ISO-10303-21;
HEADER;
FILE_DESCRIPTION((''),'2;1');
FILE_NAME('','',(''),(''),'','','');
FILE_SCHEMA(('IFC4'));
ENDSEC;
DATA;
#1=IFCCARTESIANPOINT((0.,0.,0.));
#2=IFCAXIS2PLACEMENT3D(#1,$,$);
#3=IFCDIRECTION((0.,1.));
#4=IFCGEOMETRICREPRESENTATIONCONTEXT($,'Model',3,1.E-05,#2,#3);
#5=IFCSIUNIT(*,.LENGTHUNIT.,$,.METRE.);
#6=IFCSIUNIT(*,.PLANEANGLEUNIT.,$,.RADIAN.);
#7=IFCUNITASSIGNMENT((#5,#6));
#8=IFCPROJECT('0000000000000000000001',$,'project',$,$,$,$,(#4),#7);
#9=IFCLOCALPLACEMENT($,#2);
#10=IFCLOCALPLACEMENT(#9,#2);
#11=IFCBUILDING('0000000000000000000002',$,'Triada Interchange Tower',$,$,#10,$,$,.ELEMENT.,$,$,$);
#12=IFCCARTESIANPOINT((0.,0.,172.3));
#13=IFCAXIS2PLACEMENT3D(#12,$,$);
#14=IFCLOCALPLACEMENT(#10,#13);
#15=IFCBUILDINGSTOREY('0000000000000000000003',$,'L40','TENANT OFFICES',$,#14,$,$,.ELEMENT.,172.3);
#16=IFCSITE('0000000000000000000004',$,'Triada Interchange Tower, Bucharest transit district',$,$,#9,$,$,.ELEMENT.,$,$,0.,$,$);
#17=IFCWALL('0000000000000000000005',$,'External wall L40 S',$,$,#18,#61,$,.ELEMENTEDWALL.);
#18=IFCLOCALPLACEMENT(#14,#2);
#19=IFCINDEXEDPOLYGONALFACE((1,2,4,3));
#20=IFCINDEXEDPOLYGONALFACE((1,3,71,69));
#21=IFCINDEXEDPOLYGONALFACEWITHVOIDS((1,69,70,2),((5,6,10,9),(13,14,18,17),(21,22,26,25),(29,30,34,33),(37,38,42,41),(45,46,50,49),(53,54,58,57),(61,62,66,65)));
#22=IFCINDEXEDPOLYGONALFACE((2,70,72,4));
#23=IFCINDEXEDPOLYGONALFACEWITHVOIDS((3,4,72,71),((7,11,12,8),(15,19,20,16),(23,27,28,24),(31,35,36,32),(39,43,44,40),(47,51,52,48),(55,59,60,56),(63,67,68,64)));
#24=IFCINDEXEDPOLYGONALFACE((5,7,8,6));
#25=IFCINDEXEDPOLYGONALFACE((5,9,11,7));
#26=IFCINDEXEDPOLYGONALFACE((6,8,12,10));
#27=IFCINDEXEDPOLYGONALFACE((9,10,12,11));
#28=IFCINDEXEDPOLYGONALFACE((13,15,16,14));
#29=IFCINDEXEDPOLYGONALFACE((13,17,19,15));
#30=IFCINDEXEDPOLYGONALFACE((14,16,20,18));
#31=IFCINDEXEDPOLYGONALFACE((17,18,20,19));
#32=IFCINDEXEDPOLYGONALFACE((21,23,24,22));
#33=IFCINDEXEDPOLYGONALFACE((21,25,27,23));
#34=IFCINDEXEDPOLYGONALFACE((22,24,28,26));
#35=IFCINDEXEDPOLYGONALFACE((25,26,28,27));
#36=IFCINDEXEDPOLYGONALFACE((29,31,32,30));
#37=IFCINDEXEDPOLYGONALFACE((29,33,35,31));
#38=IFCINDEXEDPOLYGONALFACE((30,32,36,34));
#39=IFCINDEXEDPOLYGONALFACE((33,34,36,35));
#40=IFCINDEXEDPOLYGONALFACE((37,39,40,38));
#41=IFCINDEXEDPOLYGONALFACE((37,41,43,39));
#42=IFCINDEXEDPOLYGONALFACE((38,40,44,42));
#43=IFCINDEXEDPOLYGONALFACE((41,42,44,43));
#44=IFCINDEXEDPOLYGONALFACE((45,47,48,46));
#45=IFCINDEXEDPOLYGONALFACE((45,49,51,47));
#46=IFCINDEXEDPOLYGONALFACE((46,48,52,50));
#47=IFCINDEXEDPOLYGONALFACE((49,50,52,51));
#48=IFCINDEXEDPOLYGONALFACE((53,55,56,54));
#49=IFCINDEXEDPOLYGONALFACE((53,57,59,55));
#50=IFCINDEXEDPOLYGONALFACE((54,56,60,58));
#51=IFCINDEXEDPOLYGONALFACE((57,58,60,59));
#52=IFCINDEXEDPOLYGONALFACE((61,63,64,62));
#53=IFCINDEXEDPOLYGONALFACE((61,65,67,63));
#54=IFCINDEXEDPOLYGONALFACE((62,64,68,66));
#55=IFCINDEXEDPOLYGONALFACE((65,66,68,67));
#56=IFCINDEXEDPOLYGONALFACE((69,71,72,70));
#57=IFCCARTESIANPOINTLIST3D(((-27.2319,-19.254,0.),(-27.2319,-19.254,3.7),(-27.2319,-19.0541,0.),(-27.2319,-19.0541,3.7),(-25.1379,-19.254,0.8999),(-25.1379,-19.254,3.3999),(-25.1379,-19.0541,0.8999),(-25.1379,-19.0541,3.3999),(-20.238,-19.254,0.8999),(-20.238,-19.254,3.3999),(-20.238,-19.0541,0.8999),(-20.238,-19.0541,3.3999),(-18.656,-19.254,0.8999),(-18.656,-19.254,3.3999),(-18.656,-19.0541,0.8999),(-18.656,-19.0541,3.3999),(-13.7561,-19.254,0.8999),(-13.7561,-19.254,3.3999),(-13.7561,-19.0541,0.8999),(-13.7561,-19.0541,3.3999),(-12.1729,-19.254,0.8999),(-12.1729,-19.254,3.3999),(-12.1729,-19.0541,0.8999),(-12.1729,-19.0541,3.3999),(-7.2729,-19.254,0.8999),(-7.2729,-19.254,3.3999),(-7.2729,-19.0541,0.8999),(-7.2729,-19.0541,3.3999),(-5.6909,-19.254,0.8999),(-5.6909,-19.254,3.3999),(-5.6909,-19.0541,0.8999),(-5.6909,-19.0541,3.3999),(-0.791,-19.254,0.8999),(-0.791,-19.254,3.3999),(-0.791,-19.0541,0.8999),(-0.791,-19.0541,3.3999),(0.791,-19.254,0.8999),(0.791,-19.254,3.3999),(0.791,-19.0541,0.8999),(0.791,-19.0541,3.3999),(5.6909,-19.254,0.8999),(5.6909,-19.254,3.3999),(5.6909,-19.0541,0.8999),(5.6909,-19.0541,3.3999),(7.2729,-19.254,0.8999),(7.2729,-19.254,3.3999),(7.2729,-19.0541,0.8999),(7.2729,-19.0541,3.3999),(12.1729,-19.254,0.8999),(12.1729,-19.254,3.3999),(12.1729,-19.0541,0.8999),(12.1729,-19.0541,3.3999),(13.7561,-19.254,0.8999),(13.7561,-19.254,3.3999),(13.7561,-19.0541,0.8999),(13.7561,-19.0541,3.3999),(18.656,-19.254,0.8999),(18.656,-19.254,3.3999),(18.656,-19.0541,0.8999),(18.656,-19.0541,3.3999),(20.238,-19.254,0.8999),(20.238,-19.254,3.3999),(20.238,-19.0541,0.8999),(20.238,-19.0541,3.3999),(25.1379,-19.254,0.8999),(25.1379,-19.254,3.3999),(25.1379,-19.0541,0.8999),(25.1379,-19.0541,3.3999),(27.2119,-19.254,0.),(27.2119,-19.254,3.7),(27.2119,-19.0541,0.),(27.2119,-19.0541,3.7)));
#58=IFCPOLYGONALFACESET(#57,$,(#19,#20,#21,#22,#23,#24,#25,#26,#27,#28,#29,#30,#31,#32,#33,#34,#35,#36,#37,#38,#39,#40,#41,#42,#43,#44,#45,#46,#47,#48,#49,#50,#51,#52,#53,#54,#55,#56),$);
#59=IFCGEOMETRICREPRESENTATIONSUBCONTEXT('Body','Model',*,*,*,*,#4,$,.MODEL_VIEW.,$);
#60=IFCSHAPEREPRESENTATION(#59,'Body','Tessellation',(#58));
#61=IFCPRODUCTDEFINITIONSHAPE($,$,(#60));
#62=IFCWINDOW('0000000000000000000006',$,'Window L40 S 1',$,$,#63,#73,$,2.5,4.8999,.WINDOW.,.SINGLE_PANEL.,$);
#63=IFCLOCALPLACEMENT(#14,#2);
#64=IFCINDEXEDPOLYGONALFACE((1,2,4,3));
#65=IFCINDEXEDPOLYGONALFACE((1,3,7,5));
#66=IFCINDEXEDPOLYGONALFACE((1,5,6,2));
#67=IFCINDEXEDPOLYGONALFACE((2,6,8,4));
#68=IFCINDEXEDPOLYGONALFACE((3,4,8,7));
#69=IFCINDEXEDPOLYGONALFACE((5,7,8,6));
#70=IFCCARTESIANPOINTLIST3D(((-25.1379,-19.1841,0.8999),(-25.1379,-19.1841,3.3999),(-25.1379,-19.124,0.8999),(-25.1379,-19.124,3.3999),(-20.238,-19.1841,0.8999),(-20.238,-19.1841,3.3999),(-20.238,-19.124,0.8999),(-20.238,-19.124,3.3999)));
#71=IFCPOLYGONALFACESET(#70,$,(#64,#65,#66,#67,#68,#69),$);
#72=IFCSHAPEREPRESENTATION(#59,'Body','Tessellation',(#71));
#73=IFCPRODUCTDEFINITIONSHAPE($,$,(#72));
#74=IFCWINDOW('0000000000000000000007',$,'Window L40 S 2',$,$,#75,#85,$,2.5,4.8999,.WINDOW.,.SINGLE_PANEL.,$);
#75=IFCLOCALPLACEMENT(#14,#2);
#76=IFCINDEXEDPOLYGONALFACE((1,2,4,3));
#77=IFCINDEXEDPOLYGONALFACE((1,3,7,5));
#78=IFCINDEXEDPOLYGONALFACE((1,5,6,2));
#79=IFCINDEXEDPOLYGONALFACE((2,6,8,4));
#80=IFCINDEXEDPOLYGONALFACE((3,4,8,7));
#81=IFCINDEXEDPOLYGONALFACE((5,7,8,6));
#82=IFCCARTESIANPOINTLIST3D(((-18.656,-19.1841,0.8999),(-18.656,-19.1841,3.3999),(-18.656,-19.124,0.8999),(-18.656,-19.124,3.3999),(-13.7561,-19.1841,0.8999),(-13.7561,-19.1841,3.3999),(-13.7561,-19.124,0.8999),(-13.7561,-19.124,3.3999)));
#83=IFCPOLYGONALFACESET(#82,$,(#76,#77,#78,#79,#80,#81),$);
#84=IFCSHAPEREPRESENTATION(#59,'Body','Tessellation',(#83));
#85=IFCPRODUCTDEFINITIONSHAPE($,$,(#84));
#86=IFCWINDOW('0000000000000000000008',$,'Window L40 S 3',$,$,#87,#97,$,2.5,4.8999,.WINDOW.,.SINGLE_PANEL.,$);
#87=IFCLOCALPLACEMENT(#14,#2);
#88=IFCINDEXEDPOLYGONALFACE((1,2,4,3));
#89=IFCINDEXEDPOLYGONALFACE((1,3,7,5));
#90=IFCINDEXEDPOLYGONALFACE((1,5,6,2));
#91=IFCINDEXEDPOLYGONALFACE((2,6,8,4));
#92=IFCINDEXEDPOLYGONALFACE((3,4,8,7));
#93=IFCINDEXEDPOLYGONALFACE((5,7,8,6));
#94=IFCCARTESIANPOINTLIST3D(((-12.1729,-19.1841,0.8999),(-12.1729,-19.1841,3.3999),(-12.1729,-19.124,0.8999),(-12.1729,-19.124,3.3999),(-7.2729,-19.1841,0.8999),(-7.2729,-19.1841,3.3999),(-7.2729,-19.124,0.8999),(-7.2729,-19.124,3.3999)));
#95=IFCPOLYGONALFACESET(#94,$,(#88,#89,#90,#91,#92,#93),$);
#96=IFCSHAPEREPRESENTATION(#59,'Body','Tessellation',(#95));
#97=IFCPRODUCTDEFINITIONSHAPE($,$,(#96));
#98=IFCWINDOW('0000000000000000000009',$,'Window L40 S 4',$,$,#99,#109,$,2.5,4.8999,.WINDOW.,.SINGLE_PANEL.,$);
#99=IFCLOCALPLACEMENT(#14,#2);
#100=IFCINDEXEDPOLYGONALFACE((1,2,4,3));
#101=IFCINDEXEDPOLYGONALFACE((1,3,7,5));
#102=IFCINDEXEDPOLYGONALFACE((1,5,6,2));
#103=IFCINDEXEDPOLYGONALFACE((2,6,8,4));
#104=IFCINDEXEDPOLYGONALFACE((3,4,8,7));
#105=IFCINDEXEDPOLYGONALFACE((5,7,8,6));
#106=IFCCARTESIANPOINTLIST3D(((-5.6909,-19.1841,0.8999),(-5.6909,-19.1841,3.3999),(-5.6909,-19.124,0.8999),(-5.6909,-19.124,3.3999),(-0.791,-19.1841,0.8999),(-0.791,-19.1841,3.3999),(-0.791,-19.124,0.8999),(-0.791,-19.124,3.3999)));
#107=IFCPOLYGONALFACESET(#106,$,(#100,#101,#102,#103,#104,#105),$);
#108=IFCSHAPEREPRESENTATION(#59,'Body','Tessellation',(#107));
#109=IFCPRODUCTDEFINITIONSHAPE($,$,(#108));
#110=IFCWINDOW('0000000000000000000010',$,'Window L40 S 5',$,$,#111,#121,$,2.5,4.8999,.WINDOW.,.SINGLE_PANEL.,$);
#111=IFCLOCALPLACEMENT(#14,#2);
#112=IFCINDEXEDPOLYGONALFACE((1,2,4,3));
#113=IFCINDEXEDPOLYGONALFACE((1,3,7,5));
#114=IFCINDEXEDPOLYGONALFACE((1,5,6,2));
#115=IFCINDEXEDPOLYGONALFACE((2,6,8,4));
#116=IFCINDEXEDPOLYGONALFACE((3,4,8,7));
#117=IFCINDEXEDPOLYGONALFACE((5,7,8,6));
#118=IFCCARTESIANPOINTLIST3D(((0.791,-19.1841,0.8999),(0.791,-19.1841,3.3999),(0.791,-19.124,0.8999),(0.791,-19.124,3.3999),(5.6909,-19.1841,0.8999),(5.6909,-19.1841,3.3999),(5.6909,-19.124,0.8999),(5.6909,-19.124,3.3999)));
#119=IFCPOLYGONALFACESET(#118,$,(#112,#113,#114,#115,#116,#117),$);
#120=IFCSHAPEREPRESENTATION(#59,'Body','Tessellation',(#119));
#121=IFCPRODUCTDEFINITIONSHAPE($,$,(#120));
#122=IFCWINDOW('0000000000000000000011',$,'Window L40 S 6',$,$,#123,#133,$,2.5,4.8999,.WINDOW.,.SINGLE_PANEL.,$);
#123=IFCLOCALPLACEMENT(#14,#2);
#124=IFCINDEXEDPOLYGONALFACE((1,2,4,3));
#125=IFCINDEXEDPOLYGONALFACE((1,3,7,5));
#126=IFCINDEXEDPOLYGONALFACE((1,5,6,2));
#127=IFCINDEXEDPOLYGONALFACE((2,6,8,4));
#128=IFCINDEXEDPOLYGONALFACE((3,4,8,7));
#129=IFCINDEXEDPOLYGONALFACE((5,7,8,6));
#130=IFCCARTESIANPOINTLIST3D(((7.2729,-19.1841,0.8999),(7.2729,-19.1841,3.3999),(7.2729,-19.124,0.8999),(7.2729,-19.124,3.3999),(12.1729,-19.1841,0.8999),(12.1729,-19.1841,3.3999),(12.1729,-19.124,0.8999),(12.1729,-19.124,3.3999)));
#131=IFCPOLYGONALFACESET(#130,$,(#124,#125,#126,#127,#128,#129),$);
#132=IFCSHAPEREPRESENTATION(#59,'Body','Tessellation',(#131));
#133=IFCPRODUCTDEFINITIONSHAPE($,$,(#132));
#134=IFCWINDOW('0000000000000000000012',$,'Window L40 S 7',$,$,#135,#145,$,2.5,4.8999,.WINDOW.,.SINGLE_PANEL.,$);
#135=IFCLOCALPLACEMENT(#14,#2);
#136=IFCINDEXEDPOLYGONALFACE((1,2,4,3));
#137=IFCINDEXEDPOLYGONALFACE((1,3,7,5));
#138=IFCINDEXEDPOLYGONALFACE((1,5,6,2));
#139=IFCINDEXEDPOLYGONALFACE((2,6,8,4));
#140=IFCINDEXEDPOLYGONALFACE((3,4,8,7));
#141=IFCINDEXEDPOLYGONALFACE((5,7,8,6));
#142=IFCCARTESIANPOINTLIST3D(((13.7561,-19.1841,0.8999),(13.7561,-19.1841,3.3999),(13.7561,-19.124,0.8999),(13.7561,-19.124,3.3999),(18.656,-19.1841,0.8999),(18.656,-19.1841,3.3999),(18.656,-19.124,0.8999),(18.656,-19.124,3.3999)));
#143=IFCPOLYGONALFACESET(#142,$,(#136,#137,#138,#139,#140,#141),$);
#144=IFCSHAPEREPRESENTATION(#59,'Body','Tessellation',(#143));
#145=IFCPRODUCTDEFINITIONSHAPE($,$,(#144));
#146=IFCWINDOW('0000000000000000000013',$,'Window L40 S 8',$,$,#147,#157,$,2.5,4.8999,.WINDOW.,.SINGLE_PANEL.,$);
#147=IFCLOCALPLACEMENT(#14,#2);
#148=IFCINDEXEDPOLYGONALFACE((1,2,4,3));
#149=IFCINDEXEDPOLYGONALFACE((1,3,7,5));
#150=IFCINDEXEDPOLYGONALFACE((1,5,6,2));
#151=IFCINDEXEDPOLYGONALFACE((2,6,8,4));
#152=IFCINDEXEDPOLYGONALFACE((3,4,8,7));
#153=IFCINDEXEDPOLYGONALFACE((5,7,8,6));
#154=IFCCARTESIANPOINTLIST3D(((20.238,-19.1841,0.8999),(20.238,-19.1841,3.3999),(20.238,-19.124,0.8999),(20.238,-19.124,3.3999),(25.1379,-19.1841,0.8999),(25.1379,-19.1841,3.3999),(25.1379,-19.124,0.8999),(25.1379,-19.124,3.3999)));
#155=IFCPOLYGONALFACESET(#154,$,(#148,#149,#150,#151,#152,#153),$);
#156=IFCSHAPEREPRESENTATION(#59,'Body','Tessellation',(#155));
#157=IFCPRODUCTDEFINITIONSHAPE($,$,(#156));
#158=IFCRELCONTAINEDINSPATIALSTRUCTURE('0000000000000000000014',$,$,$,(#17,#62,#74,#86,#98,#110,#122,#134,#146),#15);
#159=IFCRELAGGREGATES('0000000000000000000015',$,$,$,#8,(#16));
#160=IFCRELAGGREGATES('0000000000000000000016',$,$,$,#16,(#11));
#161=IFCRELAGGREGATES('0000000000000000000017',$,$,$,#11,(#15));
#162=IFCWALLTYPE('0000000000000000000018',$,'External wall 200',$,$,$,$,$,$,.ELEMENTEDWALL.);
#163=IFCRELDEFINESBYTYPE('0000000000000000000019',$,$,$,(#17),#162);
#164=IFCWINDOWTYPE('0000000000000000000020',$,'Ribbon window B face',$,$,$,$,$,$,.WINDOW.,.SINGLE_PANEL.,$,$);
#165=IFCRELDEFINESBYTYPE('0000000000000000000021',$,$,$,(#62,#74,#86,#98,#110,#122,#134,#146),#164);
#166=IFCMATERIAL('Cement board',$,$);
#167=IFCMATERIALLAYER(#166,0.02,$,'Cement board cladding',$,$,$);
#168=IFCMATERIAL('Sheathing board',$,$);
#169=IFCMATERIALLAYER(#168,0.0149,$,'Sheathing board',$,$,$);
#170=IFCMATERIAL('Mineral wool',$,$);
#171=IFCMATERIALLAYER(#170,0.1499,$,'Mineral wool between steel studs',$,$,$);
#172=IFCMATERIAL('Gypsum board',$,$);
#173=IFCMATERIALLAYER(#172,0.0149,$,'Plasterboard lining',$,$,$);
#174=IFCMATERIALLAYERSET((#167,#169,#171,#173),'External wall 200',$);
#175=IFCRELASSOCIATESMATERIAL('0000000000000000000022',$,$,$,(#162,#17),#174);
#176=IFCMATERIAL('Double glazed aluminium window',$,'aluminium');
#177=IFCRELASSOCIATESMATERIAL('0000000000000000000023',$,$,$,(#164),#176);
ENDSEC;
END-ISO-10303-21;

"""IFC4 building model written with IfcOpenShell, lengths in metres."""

from ifc_helpers import new_model, si_unit, direction, frame, frame_2d, origin, place, context, subcontext, project, spatial, rectangle, extrude, material, layer, layer_set, layer_usage, type_object, element, fill, save


model = new_model("IFC4")

# Units and contexts
model_context = context("Model", 3, precision=1e-05, world=origin(), true_north=direction((0.0, 1.0)))
body_context = subcontext(model_context, "Body", "Model", "MODEL_VIEW")
ifc_project = project(units=[si_unit("LENGTHUNIT", "METRE"), si_unit("PLANEANGLEUNIT", "RADIAN")], contexts=[model_context])

# Site, building, storey
site_placement = place(None, origin())
site = spatial("IfcSite", under=ifc_project, at=site_placement, Name="Triada Interchange Tower, Bucharest transit district", CompositionType="ELEMENT", RefElevation=0.0)
building_placement = place(site_placement, origin())
building = spatial("IfcBuilding", under=site, at=building_placement, Name="Triada Interchange Tower", CompositionType="ELEMENT")
storey_placement = place(building_placement, frame((0.0, 0.0, 172.3)))
storey = spatial("IfcBuildingStorey", under=building, at=storey_placement, Name="L40", Description="TENANT OFFICES", CompositionType="ELEMENT", Elevation=172.3)

# Shared definitions
ifc_material_1 = material(Name="Cement board")
ifc_layer_1 = layer(ifc_material_1, 0.02, Name="Cement board cladding")
ifc_material_2 = material(Name="Sheathing board")
ifc_layer_2 = layer(ifc_material_2, 0.0149, Name="Sheathing board")
ifc_material_3 = material(Name="Mineral wool")
ifc_layer_3 = layer(ifc_material_3, 0.1499, Name="Mineral wool between steel studs")
ifc_material_4 = material(Name="Gypsum board")
ifc_layer_4 = layer(ifc_material_4, 0.0149, Name="Plasterboard lining")
ifc_layer_set_1 = layer_set([ifc_layer_1, ifc_layer_2, ifc_layer_3, ifc_layer_4], Name="External wall 200")
ifc_layer_usage = layer_usage(ifc_layer_set_1, "AXIS2", "POSITIVE", -0.1001)
wall_type_1 = type_object("IfcWallType", Name="External wall 200", PredefinedType="ELEMENTEDWALL", material=ifc_layer_set_1)
ifc_material_5 = material(Name="Double glazed aluminium window", Category="aluminium")

# Wall, openings, windows
wall_1_placement = place(storey_placement, frame((-27.2319, -19.1541, 0.0), z_axis=(0.0, 0.0, 1.0), x_axis=(1.0, 0.0, 0.0)))
wall_1 = element("IfcWall", 1, at=wall_1_placement, inside=storey, type_object=wall_type_1, material=ifc_layer_usage, Name="External wall L40 S", PredefinedType="ELEMENTEDWALL", context=body_context, shape_type="SweptSolid", body=[
    extrude(rectangle(XDim=54.4438, YDim=0.2, at=frame_2d((27.2219, 0.0))), origin(), (0.0, 0.0, 1.0), 3.7),
])
opening_1_placement = place(wall_1_placement, frame((2.094, 0.0, 0.8999)))
opening_1 = element("IfcOpeningElement", 2, at=opening_1_placement, cuts=wall_1, PredefinedType="OPENING", context=body_context, shape_type="SweptSolid", body=[
    extrude(rectangle(XDim=4.8999, YDim=2.5, at=frame_2d((2.45, 1.25))), frame((0.0, 0.1099, 0.0), z_axis=(0.0, -1.0, 0.0), x_axis=(1.0, 0.0, 0.0)), (0.0, 0.0, 1.0), 0.22),
])
opening_2_placement = place(wall_1_placement, frame((8.5759, 0.0, 0.8999)))
opening_2 = element("IfcOpeningElement", 3, at=opening_2_placement, cuts=wall_1, PredefinedType="OPENING", context=body_context, shape_type="SweptSolid", body=[
    extrude(rectangle(XDim=4.8999, YDim=2.5, at=frame_2d((2.45, 1.25))), frame((0.0, 0.1099, 0.0), z_axis=(0.0, -1.0, 0.0), x_axis=(1.0, 0.0, 0.0)), (0.0, 0.0, 1.0), 0.22),
])
opening_3_placement = place(wall_1_placement, frame((15.0591, 0.0, 0.8999)))
opening_3 = element("IfcOpeningElement", 4, at=opening_3_placement, cuts=wall_1, PredefinedType="OPENING", context=body_context, shape_type="SweptSolid", body=[
    extrude(rectangle(XDim=4.8999, YDim=2.5, at=frame_2d((2.45, 1.25))), frame((0.0, 0.1099, 0.0), z_axis=(0.0, -1.0, 0.0), x_axis=(1.0, 0.0, 0.0)), (0.0, 0.0, 1.0), 0.22),
])
opening_4_placement = place(wall_1_placement, frame((21.541, 0.0, 0.8999)))
opening_4 = element("IfcOpeningElement", 5, at=opening_4_placement, cuts=wall_1, PredefinedType="OPENING", context=body_context, shape_type="SweptSolid", body=[
    extrude(rectangle(XDim=4.8999, YDim=2.5, at=frame_2d((2.45, 1.25))), frame((0.0, 0.1099, 0.0), z_axis=(0.0, -1.0, 0.0), x_axis=(1.0, 0.0, 0.0)), (0.0, 0.0, 1.0), 0.22),
])
opening_5_placement = place(wall_1_placement, frame((28.0229, 0.0, 0.8999)))
opening_5 = element("IfcOpeningElement", 6, at=opening_5_placement, cuts=wall_1, PredefinedType="OPENING", context=body_context, shape_type="SweptSolid", body=[
    extrude(rectangle(XDim=4.8999, YDim=2.5, at=frame_2d((2.45, 1.25))), frame((0.0, 0.1099, 0.0), z_axis=(0.0, -1.0, 0.0), x_axis=(1.0, 0.0, 0.0)), (0.0, 0.0, 1.0), 0.22),
])
opening_6_placement = place(wall_1_placement, frame((34.5049, 0.0, 0.8999)))
opening_6 = element("IfcOpeningElement", 7, at=opening_6_placement, cuts=wall_1, PredefinedType="OPENING", context=body_context, shape_type="SweptSolid", body=[
    extrude(rectangle(XDim=4.8999, YDim=2.5, at=frame_2d((2.45, 1.25))), frame((0.0, 0.1099, 0.0), z_axis=(0.0, -1.0, 0.0), x_axis=(1.0, 0.0, 0.0)), (0.0, 0.0, 1.0), 0.22),
])
opening_7_placement = place(wall_1_placement, frame((40.988, 0.0, 0.8999)))
opening_7 = element("IfcOpeningElement", 8, at=opening_7_placement, cuts=wall_1, PredefinedType="OPENING", context=body_context, shape_type="SweptSolid", body=[
    extrude(rectangle(XDim=4.8999, YDim=2.5, at=frame_2d((2.45, 1.25))), frame((0.0, 0.1099, 0.0), z_axis=(0.0, -1.0, 0.0), x_axis=(1.0, 0.0, 0.0)), (0.0, 0.0, 1.0), 0.22),
])
opening_8_placement = place(wall_1_placement, frame((47.47, 0.0, 0.8999)))
opening_8 = element("IfcOpeningElement", 9, at=opening_8_placement, cuts=wall_1, PredefinedType="OPENING", context=body_context, shape_type="SweptSolid", body=[
    extrude(rectangle(XDim=4.8999, YDim=2.5, at=frame_2d((2.45, 1.25))), frame((0.0, 0.1099, 0.0), z_axis=(0.0, -1.0, 0.0), x_axis=(1.0, 0.0, 0.0)), (0.0, 0.0, 1.0), 0.22),
])
window_type_1 = type_object("IfcWindowType", Name="Ribbon window B face", PartitioningType="SINGLE_PANEL", PredefinedType="WINDOW", material=ifc_material_5)
window_1_placement = place(opening_1_placement, origin())
window_1 = element("IfcWindow", 10, at=window_1_placement, inside=storey, type_object=window_type_1, Name="Window L40 S 1", OverallHeight=2.5, OverallWidth=4.8999, PartitioningType="SINGLE_PANEL", PredefinedType="WINDOW", context=body_context, shape_type="SweptSolid", body=[
    extrude(rectangle(XDim=4.8999, YDim=2.5, at=frame_2d((2.45, 1.25))), frame((0.0, 0.03, 0.0), z_axis=(0.0, -1.0, 0.0), x_axis=(1.0, 0.0, 0.0)), (0.0, 0.0, 1.0), 0.0601),
])
fill(opening_1, window_1)
window_2_placement = place(opening_2_placement, origin())
window_2 = element("IfcWindow", 11, at=window_2_placement, inside=storey, type_object=window_type_1, Name="Window L40 S 2", OverallHeight=2.5, OverallWidth=4.8999, PartitioningType="SINGLE_PANEL", PredefinedType="WINDOW", context=body_context, shape_type="SweptSolid", body=[
    extrude(rectangle(XDim=4.8999, YDim=2.5, at=frame_2d((2.45, 1.25))), frame((0.0, 0.03, 0.0), z_axis=(0.0, -1.0, 0.0), x_axis=(1.0, 0.0, 0.0)), (0.0, 0.0, 1.0), 0.0601),
])
fill(opening_2, window_2)
window_3_placement = place(opening_3_placement, origin())
window_3 = element("IfcWindow", 12, at=window_3_placement, inside=storey, type_object=window_type_1, Name="Window L40 S 3", OverallHeight=2.5, OverallWidth=4.8999, PartitioningType="SINGLE_PANEL", PredefinedType="WINDOW", context=body_context, shape_type="SweptSolid", body=[
    extrude(rectangle(XDim=4.8999, YDim=2.5, at=frame_2d((2.45, 1.25))), frame((0.0, 0.03, 0.0), z_axis=(0.0, -1.0, 0.0), x_axis=(1.0, 0.0, 0.0)), (0.0, 0.0, 1.0), 0.0601),
])
fill(opening_3, window_3)
window_4_placement = place(opening_4_placement, origin())
window_4 = element("IfcWindow", 13, at=window_4_placement, inside=storey, type_object=window_type_1, Name="Window L40 S 4", OverallHeight=2.5, OverallWidth=4.8999, PartitioningType="SINGLE_PANEL", PredefinedType="WINDOW", context=body_context, shape_type="SweptSolid", body=[
    extrude(rectangle(XDim=4.8999, YDim=2.5, at=frame_2d((2.45, 1.25))), frame((0.0, 0.03, 0.0), z_axis=(0.0, -1.0, 0.0), x_axis=(1.0, 0.0, 0.0)), (0.0, 0.0, 1.0), 0.0601),
])
fill(opening_4, window_4)
window_5_placement = place(opening_5_placement, origin())
window_5 = element("IfcWindow", 14, at=window_5_placement, inside=storey, type_object=window_type_1, Name="Window L40 S 5", OverallHeight=2.5, OverallWidth=4.8999, PartitioningType="SINGLE_PANEL", PredefinedType="WINDOW", context=body_context, shape_type="SweptSolid", body=[
    extrude(rectangle(XDim=4.8999, YDim=2.5, at=frame_2d((2.45, 1.25))), frame((0.0, 0.03, 0.0), z_axis=(0.0, -1.0, 0.0), x_axis=(1.0, 0.0, 0.0)), (0.0, 0.0, 1.0), 0.0601),
])
fill(opening_5, window_5)
window_6_placement = place(opening_6_placement, origin())
window_6 = element("IfcWindow", 15, at=window_6_placement, inside=storey, type_object=window_type_1, Name="Window L40 S 6", OverallHeight=2.5, OverallWidth=4.8999, PartitioningType="SINGLE_PANEL", PredefinedType="WINDOW", context=body_context, shape_type="SweptSolid", body=[
    extrude(rectangle(XDim=4.8999, YDim=2.5, at=frame_2d((2.45, 1.25))), frame((0.0, 0.03, 0.0), z_axis=(0.0, -1.0, 0.0), x_axis=(1.0, 0.0, 0.0)), (0.0, 0.0, 1.0), 0.0601),
])
fill(opening_6, window_6)
window_7_placement = place(opening_7_placement, origin())
window_7 = element("IfcWindow", 16, at=window_7_placement, inside=storey, type_object=window_type_1, Name="Window L40 S 7", OverallHeight=2.5, OverallWidth=4.8999, PartitioningType="SINGLE_PANEL", PredefinedType="WINDOW", context=body_context, shape_type="SweptSolid", body=[
    extrude(rectangle(XDim=4.8999, YDim=2.5, at=frame_2d((2.45, 1.25))), frame((0.0, 0.03, 0.0), z_axis=(0.0, -1.0, 0.0), x_axis=(1.0, 0.0, 0.0)), (0.0, 0.0, 1.0), 0.0601),
])
fill(opening_7, window_7)
window_8_placement = place(opening_8_placement, origin())
window_8 = element("IfcWindow", 17, at=window_8_placement, inside=storey, type_object=window_type_1, Name="Window L40 S 8", OverallHeight=2.5, OverallWidth=4.8999, PartitioningType="SINGLE_PANEL", PredefinedType="WINDOW", context=body_context, shape_type="SweptSolid", body=[
    extrude(rectangle(XDim=4.8999, YDim=2.5, at=frame_2d((2.45, 1.25))), frame((0.0, 0.03, 0.0), z_axis=(0.0, -1.0, 0.0), x_axis=(1.0, 0.0, 0.0)), (0.0, 0.0, 1.0), 0.0601),
])
fill(opening_8, window_8)

save(model, "model.ifc")
